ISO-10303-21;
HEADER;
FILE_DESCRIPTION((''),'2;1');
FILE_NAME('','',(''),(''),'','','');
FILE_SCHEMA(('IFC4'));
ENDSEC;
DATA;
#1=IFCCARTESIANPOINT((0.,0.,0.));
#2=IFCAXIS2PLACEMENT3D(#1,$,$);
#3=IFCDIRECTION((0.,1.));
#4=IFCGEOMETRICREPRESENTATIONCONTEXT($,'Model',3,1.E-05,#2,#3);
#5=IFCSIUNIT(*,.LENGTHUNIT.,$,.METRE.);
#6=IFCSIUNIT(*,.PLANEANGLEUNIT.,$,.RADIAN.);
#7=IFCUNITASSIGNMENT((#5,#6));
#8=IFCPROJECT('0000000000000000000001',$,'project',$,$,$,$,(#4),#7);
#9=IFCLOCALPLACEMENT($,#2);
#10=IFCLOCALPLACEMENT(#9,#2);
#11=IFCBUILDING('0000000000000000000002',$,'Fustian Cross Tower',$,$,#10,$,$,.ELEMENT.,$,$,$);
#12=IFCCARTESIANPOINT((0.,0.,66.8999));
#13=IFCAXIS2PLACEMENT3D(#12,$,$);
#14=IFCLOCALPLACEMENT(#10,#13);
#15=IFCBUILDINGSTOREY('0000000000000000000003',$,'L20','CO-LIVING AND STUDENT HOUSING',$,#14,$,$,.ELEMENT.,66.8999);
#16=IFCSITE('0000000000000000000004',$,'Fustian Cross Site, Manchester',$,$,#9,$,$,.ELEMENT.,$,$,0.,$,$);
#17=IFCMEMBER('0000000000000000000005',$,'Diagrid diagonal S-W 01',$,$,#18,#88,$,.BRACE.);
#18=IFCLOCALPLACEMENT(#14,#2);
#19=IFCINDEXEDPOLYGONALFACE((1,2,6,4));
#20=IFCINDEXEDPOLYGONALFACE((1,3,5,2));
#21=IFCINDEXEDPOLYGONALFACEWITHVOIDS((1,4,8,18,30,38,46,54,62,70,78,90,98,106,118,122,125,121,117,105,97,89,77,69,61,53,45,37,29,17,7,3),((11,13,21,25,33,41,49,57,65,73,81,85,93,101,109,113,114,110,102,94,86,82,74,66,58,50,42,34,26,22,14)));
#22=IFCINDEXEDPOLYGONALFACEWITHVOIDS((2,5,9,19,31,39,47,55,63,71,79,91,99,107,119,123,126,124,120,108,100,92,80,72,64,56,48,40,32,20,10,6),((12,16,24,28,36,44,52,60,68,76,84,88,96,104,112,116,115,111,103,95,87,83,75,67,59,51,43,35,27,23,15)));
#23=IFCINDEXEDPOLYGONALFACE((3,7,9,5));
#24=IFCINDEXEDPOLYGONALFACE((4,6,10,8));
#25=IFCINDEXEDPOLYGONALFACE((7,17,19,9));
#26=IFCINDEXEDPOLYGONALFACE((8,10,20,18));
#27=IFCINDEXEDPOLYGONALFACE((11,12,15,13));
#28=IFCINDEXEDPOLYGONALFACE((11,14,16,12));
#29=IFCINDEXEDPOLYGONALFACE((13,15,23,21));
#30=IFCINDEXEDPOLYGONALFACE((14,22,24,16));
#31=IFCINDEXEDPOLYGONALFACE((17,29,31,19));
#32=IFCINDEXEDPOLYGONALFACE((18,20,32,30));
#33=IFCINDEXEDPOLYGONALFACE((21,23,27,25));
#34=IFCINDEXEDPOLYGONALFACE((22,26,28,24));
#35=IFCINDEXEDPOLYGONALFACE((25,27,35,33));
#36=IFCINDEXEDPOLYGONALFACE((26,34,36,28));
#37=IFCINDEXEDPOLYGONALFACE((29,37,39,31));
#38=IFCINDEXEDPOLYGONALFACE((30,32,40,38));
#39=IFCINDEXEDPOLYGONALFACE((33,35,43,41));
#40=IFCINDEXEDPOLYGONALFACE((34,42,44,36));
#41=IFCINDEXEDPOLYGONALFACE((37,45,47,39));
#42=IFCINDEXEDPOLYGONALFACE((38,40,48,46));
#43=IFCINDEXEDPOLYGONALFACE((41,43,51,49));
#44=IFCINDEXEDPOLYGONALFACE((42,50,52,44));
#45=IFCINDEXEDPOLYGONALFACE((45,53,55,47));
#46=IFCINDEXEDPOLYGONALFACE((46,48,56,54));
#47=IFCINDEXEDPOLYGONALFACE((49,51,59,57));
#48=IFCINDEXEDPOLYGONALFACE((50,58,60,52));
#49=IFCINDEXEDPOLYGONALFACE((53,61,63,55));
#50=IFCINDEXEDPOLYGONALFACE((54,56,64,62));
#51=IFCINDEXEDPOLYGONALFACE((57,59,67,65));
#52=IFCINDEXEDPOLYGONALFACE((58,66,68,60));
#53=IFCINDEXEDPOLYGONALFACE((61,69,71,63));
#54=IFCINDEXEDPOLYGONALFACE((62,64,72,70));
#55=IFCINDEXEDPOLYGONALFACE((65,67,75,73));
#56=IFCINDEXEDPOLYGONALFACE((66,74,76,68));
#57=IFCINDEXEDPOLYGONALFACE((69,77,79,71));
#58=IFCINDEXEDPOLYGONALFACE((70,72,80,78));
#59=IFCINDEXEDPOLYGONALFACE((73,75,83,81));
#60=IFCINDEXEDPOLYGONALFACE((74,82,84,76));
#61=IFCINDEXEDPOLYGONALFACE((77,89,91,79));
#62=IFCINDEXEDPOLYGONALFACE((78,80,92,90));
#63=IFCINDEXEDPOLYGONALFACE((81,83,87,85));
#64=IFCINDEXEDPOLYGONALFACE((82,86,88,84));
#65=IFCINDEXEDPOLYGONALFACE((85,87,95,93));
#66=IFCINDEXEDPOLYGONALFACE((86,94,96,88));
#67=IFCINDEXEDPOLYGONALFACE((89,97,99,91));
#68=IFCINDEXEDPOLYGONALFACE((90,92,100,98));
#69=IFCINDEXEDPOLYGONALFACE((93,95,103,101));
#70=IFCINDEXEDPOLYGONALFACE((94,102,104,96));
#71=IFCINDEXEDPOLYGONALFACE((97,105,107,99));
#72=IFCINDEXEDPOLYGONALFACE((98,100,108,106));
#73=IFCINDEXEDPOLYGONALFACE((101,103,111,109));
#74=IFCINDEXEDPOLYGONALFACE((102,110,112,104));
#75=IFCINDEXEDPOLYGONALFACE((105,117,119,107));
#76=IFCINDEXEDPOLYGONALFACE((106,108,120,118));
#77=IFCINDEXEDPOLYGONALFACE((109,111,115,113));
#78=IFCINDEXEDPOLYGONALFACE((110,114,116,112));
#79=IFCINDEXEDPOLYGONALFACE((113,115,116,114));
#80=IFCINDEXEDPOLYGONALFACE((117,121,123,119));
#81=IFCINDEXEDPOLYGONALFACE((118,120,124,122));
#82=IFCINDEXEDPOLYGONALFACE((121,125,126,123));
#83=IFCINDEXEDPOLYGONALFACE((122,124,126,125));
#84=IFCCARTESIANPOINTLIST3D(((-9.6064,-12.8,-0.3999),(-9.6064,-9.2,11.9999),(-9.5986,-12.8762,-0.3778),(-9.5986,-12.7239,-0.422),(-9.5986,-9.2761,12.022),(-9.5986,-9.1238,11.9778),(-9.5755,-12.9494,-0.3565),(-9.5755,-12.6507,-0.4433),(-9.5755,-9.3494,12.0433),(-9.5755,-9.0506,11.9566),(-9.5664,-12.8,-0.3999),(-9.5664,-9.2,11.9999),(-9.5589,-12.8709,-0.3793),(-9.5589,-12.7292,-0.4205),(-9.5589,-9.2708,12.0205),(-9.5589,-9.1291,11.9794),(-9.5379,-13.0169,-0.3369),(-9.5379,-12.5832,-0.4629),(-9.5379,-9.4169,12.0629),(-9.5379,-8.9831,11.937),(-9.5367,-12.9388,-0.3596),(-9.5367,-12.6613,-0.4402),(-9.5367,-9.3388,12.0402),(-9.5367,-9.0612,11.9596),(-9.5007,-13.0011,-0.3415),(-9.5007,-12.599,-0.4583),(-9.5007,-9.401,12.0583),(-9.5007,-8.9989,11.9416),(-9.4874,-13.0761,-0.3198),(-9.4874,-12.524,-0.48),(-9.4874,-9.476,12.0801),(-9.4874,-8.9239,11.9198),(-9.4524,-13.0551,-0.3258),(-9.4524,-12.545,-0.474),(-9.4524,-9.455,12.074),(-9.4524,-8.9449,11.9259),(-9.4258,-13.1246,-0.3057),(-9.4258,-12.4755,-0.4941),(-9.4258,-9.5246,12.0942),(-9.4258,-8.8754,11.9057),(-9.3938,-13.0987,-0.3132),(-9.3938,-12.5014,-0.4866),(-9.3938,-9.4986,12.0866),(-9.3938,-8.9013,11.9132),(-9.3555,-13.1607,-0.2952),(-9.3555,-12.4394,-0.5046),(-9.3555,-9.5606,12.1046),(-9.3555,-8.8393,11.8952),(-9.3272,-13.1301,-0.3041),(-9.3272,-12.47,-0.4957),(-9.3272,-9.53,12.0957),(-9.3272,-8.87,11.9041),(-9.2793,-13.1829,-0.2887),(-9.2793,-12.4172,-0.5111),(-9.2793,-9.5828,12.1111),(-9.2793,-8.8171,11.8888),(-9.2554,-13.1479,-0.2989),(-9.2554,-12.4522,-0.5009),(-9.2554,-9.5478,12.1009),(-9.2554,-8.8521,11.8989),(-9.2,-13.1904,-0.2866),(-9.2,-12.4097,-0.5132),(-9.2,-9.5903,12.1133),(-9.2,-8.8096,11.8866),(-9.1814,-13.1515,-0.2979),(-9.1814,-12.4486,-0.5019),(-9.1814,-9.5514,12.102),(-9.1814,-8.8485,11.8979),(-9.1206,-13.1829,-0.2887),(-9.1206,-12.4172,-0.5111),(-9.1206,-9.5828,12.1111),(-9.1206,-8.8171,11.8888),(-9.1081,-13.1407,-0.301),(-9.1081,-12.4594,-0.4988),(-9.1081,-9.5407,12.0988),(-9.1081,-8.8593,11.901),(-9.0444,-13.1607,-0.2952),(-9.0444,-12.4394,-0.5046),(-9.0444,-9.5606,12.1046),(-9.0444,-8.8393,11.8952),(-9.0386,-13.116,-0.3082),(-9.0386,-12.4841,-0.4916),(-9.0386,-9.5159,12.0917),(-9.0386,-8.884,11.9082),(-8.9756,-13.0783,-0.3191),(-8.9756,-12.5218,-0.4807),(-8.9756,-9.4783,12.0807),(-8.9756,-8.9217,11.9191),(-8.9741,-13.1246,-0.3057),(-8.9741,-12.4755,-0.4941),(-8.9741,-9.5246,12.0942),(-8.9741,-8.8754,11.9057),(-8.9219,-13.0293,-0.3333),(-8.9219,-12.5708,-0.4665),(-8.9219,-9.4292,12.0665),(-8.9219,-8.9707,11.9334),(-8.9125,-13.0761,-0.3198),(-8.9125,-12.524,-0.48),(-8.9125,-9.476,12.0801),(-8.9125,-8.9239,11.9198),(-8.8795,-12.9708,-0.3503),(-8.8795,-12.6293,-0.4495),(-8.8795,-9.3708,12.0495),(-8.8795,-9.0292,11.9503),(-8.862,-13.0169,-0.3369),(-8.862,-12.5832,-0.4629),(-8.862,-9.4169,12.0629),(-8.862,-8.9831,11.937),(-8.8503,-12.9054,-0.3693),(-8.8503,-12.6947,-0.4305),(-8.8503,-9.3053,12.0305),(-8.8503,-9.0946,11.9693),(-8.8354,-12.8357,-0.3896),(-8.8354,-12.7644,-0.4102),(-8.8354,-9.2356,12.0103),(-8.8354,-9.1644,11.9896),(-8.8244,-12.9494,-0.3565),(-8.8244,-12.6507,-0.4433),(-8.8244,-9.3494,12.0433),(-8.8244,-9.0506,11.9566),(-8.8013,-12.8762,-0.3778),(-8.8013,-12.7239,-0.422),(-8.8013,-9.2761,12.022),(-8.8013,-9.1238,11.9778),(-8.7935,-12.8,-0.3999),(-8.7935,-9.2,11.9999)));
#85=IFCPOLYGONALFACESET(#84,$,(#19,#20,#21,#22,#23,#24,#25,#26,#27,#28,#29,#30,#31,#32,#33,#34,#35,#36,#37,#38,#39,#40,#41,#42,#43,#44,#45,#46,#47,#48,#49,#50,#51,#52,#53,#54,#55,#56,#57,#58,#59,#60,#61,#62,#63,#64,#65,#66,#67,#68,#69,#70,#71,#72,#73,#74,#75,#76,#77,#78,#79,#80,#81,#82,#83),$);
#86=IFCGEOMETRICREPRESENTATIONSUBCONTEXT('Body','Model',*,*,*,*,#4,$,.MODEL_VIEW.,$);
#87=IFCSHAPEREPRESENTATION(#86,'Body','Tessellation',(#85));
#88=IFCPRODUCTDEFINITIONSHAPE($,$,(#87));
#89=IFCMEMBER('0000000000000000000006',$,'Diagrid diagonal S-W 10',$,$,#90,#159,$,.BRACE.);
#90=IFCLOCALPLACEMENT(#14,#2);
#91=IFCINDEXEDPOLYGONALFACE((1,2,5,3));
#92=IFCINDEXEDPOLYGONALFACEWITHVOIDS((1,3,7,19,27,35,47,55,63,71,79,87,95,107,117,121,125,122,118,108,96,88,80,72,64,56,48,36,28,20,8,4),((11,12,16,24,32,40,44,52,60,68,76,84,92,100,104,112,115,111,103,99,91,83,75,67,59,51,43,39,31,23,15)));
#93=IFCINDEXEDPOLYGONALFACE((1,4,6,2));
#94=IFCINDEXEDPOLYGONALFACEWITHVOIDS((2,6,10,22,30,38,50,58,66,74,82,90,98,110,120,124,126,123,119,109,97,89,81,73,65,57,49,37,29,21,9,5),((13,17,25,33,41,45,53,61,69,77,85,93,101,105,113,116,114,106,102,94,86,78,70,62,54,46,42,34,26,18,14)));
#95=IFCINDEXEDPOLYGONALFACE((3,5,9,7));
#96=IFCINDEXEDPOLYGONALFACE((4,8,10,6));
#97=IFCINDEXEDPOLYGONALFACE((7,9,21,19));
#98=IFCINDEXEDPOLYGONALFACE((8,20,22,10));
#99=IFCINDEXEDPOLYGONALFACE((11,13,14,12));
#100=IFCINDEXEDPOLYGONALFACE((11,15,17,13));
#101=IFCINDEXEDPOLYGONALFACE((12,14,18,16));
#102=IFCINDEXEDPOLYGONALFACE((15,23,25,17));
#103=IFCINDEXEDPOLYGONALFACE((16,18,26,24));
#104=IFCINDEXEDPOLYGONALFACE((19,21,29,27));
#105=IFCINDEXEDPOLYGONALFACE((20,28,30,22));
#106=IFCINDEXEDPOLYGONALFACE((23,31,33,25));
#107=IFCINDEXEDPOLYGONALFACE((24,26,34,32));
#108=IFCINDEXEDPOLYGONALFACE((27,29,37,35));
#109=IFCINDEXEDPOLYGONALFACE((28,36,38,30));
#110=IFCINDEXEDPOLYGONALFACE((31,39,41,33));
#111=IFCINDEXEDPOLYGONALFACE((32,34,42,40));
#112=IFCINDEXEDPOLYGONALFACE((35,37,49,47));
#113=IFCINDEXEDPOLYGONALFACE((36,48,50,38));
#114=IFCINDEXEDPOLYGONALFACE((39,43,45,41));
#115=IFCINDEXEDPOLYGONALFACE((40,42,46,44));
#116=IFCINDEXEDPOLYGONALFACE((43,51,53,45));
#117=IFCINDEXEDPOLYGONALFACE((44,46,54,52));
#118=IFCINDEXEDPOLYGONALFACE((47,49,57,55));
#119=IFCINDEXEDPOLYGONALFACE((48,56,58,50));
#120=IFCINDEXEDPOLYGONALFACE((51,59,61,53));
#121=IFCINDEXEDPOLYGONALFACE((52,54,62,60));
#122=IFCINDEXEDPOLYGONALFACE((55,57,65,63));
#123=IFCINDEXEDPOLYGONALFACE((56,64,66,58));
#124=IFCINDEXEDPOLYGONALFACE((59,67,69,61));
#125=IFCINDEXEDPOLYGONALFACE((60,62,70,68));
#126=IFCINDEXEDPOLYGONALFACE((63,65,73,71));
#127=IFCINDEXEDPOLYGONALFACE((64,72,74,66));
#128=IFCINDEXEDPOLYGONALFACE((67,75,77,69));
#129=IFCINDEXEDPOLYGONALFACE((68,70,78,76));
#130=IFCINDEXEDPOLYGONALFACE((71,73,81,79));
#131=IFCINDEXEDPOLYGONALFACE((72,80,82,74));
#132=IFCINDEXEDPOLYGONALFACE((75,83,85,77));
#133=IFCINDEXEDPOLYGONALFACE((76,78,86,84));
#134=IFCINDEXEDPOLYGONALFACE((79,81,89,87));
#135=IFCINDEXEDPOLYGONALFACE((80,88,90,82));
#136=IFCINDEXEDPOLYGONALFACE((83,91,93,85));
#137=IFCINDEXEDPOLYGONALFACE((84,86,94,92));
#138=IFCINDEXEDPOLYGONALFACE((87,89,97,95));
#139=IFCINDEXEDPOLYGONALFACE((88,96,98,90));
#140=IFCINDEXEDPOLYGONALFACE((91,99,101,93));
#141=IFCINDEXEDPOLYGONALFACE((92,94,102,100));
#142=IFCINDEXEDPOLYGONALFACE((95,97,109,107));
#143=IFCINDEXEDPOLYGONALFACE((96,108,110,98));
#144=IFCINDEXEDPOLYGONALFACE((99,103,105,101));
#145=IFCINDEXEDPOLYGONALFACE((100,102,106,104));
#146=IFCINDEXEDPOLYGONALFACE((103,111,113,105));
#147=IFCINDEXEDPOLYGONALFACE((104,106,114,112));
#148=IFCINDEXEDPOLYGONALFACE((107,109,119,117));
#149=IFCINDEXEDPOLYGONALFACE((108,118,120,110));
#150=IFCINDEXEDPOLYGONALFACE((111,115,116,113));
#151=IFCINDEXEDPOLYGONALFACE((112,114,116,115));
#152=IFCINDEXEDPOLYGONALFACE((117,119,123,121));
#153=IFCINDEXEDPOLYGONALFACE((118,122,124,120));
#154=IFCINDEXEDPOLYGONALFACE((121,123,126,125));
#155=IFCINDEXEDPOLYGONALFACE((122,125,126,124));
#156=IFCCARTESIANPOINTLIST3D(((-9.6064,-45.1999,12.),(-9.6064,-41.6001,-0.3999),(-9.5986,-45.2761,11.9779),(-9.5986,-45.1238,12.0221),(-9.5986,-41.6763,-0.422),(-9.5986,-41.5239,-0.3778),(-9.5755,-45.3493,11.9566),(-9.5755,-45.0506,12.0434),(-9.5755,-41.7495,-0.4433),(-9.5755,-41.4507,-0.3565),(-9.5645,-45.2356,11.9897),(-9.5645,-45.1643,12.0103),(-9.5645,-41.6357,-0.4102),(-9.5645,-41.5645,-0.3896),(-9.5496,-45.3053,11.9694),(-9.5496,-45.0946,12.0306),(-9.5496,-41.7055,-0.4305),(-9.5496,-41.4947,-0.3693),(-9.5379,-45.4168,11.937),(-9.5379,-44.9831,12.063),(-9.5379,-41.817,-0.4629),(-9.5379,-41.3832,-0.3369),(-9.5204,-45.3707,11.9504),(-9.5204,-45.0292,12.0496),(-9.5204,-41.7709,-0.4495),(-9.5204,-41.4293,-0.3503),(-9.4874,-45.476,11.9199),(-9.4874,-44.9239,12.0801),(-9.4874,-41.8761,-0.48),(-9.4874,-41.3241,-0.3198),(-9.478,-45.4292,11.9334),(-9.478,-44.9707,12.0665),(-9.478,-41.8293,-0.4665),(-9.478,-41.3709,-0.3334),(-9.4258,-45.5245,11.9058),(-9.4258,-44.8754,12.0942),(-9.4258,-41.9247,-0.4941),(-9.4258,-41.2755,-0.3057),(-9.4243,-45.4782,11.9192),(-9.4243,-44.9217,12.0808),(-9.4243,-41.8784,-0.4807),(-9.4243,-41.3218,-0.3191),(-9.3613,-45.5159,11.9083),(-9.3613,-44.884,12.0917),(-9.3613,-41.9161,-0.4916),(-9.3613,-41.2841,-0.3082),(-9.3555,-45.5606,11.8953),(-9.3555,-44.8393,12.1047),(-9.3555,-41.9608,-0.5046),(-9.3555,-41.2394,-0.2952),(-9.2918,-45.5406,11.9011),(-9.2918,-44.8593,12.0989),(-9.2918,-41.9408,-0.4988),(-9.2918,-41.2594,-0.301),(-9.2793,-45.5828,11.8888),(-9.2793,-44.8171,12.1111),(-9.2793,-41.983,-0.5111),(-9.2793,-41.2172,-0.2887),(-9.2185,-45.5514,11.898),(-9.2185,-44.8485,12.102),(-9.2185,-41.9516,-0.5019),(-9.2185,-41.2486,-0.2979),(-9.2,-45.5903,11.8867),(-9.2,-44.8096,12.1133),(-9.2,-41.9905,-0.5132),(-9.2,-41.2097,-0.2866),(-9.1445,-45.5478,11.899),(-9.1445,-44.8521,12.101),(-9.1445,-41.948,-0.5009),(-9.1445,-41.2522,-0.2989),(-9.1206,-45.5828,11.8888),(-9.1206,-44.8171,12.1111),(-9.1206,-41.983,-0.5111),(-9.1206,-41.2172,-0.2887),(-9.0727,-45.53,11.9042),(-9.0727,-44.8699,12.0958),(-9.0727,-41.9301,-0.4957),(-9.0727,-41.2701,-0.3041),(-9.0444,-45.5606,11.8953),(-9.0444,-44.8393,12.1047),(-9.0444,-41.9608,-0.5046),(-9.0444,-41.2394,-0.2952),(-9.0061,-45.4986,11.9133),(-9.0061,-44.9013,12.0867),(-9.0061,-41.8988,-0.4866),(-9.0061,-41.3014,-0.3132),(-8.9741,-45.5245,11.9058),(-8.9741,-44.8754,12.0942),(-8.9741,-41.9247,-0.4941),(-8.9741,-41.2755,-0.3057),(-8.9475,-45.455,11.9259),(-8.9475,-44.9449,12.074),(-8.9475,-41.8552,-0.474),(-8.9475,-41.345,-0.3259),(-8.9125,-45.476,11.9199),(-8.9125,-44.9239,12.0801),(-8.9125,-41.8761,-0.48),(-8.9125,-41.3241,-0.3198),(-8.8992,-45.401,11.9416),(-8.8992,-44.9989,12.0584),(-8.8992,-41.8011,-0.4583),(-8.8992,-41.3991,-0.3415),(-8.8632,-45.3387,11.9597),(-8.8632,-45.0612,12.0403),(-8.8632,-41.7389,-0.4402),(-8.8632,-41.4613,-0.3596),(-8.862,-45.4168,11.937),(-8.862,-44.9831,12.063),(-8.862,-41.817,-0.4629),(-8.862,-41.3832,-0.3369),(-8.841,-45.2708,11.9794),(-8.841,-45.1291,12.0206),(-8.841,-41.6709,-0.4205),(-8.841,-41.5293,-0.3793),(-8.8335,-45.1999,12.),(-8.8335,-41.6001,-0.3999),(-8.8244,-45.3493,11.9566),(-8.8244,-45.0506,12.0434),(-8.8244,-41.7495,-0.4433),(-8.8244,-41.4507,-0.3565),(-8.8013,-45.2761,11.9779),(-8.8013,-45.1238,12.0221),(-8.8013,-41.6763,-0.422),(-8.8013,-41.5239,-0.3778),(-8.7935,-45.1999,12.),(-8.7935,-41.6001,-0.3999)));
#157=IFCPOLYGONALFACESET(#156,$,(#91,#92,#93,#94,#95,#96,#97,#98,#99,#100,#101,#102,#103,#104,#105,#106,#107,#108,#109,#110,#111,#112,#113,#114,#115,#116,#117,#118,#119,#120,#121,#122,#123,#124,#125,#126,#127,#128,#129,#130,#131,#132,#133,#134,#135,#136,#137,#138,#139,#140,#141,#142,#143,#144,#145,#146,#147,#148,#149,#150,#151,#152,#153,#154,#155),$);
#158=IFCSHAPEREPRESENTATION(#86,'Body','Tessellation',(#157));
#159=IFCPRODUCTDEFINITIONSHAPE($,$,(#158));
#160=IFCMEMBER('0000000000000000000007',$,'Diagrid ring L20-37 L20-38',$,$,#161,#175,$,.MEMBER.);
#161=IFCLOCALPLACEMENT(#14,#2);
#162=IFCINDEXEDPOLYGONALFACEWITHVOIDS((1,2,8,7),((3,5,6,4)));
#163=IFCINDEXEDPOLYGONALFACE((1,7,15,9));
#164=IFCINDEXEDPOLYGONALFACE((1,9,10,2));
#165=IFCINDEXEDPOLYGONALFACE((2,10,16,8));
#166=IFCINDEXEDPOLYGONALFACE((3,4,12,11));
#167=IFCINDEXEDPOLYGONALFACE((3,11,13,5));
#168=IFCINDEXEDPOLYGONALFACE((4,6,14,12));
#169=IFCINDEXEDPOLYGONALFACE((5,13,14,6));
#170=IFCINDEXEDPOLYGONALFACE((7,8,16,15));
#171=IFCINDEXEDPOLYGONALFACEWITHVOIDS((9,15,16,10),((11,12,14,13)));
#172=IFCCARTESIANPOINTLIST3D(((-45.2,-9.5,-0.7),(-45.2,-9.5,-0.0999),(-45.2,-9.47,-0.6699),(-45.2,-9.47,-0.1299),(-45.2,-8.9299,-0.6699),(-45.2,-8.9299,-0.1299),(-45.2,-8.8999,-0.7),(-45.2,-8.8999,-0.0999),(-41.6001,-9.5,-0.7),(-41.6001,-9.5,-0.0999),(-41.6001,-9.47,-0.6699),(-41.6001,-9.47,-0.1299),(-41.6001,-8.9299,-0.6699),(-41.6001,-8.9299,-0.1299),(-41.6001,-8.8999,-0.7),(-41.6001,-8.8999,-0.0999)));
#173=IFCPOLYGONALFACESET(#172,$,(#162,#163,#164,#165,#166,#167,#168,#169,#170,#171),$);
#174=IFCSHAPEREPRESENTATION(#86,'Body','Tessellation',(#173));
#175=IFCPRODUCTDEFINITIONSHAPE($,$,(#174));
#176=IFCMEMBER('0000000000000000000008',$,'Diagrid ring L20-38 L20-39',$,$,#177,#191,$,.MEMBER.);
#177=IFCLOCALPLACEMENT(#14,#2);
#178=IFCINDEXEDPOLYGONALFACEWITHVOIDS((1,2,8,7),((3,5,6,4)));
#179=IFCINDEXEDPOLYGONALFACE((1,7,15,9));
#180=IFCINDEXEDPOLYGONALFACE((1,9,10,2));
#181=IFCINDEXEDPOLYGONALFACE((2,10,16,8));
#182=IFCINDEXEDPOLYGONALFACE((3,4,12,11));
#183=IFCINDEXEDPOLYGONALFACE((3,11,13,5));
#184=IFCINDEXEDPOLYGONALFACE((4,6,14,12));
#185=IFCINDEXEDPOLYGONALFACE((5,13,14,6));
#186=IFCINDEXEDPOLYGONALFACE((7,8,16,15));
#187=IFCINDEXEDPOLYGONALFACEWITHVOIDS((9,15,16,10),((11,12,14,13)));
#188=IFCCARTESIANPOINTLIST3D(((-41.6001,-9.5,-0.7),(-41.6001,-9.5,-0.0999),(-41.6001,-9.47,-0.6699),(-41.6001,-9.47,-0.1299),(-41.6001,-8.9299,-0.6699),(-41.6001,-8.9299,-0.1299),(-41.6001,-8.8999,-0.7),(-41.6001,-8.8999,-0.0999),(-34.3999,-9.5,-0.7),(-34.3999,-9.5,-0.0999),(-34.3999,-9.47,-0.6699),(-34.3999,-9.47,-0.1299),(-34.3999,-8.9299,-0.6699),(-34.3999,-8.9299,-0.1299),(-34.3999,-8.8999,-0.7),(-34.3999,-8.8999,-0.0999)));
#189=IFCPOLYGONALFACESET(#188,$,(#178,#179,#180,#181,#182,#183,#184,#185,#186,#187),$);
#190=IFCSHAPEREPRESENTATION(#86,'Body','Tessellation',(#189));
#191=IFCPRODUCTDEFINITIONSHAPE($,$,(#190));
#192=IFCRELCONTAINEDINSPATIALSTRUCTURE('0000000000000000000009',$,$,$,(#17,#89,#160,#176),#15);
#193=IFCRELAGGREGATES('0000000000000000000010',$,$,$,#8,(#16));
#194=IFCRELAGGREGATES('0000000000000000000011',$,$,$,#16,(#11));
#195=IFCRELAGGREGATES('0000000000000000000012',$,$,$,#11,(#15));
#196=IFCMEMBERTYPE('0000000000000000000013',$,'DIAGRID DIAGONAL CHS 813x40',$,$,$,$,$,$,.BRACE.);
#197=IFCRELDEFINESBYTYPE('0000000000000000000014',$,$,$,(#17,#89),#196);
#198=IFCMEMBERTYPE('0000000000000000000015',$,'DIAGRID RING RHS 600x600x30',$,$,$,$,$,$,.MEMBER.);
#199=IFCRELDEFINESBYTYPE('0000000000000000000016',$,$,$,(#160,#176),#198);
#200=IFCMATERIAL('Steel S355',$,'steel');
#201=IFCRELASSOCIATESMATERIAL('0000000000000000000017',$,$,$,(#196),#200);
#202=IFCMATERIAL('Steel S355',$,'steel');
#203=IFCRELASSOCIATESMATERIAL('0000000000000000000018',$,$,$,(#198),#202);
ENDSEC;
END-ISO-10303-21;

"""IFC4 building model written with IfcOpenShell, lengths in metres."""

from ifc_helpers import new_model, si_unit, direction, frame, origin, origin_2d, place, context, subcontext, project, spatial, hollow_rectangle, hollow_circle, extrude, material, material_profile, profile_set, type_object, element, save


model = new_model("IFC4")

# Units and contexts
model_context = context("Model", 3, precision=1e-05, world=origin(), true_north=direction((0.0, 1.0)))
body_context = subcontext(model_context, "Body", "Model", "MODEL_VIEW")
ifc_project = project(units=[si_unit("LENGTHUNIT", "METRE"), si_unit("PLANEANGLEUNIT", "RADIAN")], contexts=[model_context])

# Site, building, storey
site_placement = place(None, origin())
site = spatial("IfcSite", under=ifc_project, at=site_placement, Name="Fustian Cross Site, Manchester", CompositionType="ELEMENT", RefElevation=0.0)
building_placement = place(site_placement, origin())
building = spatial("IfcBuilding", under=site, at=building_placement, Name="Fustian Cross Tower", CompositionType="ELEMENT")
storey_placement = place(building_placement, frame((0.0, 0.0, 66.8999)))
storey = spatial("IfcBuildingStorey", under=building, at=storey_placement, Name="L20", Description="CO-LIVING AND STUDENT HOUSING", CompositionType="ELEMENT", Elevation=66.8999)

# Members
ifc_material_1 = material(Name="Steel S355", Category="steel")
ifc_material_profile_1 = material_profile(ifc_material_1, hollow_circle(Radius=0.4065, WallThickness=0.04, at=origin_2d()), Name="CHS 813x40")
ifc_profile_set_1 = profile_set([ifc_material_profile_1], Name="Steel S355")
member_type_1 = type_object("IfcMemberType", Name="DIAGRID DIAGONAL CHS 813x40", PredefinedType="BRACE", material=ifc_profile_set_1)
for number, where, z_axis, x_axis, name in (
    (1, (-9.2, -12.8, -0.3999), (0.0, 0.278819, 0.960344), (-1.0, 0.0, 0.0), "Diagrid diagonal S-W 01"),
    (2, (-9.2, -41.6001, -0.3999), (0.0, -0.278802, 0.960349), (1.0, 0.0, 0.0), "Diagrid diagonal S-W 10"),
):
    element("IfcMember", number, at=place(storey_placement, frame(where, z_axis=z_axis, x_axis=x_axis)), inside=storey, type_object=member_type_1, Name=name, PredefinedType="BRACE", context=body_context, shape_type="SweptSolid", body=[
        extrude(hollow_circle(Radius=0.4065, WallThickness=0.04, at=origin_2d()), origin(), (0.0, 0.0, 1.0), 12.9119),
    ])
ifc_material_2 = material(Name="Steel S355", Category="steel")
ifc_material_profile_2 = material_profile(ifc_material_2, hollow_rectangle(XDim=0.6001, YDim=0.6001, WallThickness=0.03, at=origin_2d()), Name="RHS 600x600x30")
ifc_profile_set_2 = profile_set([ifc_material_profile_2], Name="Steel S355")
member_type_2 = type_object("IfcMemberType", Name="DIAGRID RING RHS 600x600x30", PredefinedType="MEMBER", material=ifc_profile_set_2)
member_1_placement = place(storey_placement, frame((-45.2, -9.2, -0.3999), z_axis=(1.0, 0.0, 0.0), x_axis=(0.0, 1.0, 0.0)))
element("IfcMember", 3, at=member_1_placement, inside=storey, type_object=member_type_2, Name="Diagrid ring L20-37 L20-38", PredefinedType="MEMBER", context=body_context, shape_type="SweptSolid", body=[
    extrude(hollow_rectangle(XDim=0.6001, YDim=0.6001, WallThickness=0.03, at=origin_2d()), origin(), (0.0, 0.0, 1.0), 3.5999),
])
member_2_placement = place(storey_placement, frame((-41.6001, -9.2, -0.3999), z_axis=(1.0, 0.0, 0.0), x_axis=(0.0, 1.0, 0.0)))
element("IfcMember", 4, at=member_2_placement, inside=storey, type_object=member_type_2, Name="Diagrid ring L20-38 L20-39", PredefinedType="MEMBER", context=body_context, shape_type="SweptSolid", body=[
    extrude(hollow_rectangle(XDim=0.6001, YDim=0.6001, WallThickness=0.03, at=origin_2d()), origin(), (0.0, 0.0, 1.0), 7.2002),
])

save(model, "model.ifc")
